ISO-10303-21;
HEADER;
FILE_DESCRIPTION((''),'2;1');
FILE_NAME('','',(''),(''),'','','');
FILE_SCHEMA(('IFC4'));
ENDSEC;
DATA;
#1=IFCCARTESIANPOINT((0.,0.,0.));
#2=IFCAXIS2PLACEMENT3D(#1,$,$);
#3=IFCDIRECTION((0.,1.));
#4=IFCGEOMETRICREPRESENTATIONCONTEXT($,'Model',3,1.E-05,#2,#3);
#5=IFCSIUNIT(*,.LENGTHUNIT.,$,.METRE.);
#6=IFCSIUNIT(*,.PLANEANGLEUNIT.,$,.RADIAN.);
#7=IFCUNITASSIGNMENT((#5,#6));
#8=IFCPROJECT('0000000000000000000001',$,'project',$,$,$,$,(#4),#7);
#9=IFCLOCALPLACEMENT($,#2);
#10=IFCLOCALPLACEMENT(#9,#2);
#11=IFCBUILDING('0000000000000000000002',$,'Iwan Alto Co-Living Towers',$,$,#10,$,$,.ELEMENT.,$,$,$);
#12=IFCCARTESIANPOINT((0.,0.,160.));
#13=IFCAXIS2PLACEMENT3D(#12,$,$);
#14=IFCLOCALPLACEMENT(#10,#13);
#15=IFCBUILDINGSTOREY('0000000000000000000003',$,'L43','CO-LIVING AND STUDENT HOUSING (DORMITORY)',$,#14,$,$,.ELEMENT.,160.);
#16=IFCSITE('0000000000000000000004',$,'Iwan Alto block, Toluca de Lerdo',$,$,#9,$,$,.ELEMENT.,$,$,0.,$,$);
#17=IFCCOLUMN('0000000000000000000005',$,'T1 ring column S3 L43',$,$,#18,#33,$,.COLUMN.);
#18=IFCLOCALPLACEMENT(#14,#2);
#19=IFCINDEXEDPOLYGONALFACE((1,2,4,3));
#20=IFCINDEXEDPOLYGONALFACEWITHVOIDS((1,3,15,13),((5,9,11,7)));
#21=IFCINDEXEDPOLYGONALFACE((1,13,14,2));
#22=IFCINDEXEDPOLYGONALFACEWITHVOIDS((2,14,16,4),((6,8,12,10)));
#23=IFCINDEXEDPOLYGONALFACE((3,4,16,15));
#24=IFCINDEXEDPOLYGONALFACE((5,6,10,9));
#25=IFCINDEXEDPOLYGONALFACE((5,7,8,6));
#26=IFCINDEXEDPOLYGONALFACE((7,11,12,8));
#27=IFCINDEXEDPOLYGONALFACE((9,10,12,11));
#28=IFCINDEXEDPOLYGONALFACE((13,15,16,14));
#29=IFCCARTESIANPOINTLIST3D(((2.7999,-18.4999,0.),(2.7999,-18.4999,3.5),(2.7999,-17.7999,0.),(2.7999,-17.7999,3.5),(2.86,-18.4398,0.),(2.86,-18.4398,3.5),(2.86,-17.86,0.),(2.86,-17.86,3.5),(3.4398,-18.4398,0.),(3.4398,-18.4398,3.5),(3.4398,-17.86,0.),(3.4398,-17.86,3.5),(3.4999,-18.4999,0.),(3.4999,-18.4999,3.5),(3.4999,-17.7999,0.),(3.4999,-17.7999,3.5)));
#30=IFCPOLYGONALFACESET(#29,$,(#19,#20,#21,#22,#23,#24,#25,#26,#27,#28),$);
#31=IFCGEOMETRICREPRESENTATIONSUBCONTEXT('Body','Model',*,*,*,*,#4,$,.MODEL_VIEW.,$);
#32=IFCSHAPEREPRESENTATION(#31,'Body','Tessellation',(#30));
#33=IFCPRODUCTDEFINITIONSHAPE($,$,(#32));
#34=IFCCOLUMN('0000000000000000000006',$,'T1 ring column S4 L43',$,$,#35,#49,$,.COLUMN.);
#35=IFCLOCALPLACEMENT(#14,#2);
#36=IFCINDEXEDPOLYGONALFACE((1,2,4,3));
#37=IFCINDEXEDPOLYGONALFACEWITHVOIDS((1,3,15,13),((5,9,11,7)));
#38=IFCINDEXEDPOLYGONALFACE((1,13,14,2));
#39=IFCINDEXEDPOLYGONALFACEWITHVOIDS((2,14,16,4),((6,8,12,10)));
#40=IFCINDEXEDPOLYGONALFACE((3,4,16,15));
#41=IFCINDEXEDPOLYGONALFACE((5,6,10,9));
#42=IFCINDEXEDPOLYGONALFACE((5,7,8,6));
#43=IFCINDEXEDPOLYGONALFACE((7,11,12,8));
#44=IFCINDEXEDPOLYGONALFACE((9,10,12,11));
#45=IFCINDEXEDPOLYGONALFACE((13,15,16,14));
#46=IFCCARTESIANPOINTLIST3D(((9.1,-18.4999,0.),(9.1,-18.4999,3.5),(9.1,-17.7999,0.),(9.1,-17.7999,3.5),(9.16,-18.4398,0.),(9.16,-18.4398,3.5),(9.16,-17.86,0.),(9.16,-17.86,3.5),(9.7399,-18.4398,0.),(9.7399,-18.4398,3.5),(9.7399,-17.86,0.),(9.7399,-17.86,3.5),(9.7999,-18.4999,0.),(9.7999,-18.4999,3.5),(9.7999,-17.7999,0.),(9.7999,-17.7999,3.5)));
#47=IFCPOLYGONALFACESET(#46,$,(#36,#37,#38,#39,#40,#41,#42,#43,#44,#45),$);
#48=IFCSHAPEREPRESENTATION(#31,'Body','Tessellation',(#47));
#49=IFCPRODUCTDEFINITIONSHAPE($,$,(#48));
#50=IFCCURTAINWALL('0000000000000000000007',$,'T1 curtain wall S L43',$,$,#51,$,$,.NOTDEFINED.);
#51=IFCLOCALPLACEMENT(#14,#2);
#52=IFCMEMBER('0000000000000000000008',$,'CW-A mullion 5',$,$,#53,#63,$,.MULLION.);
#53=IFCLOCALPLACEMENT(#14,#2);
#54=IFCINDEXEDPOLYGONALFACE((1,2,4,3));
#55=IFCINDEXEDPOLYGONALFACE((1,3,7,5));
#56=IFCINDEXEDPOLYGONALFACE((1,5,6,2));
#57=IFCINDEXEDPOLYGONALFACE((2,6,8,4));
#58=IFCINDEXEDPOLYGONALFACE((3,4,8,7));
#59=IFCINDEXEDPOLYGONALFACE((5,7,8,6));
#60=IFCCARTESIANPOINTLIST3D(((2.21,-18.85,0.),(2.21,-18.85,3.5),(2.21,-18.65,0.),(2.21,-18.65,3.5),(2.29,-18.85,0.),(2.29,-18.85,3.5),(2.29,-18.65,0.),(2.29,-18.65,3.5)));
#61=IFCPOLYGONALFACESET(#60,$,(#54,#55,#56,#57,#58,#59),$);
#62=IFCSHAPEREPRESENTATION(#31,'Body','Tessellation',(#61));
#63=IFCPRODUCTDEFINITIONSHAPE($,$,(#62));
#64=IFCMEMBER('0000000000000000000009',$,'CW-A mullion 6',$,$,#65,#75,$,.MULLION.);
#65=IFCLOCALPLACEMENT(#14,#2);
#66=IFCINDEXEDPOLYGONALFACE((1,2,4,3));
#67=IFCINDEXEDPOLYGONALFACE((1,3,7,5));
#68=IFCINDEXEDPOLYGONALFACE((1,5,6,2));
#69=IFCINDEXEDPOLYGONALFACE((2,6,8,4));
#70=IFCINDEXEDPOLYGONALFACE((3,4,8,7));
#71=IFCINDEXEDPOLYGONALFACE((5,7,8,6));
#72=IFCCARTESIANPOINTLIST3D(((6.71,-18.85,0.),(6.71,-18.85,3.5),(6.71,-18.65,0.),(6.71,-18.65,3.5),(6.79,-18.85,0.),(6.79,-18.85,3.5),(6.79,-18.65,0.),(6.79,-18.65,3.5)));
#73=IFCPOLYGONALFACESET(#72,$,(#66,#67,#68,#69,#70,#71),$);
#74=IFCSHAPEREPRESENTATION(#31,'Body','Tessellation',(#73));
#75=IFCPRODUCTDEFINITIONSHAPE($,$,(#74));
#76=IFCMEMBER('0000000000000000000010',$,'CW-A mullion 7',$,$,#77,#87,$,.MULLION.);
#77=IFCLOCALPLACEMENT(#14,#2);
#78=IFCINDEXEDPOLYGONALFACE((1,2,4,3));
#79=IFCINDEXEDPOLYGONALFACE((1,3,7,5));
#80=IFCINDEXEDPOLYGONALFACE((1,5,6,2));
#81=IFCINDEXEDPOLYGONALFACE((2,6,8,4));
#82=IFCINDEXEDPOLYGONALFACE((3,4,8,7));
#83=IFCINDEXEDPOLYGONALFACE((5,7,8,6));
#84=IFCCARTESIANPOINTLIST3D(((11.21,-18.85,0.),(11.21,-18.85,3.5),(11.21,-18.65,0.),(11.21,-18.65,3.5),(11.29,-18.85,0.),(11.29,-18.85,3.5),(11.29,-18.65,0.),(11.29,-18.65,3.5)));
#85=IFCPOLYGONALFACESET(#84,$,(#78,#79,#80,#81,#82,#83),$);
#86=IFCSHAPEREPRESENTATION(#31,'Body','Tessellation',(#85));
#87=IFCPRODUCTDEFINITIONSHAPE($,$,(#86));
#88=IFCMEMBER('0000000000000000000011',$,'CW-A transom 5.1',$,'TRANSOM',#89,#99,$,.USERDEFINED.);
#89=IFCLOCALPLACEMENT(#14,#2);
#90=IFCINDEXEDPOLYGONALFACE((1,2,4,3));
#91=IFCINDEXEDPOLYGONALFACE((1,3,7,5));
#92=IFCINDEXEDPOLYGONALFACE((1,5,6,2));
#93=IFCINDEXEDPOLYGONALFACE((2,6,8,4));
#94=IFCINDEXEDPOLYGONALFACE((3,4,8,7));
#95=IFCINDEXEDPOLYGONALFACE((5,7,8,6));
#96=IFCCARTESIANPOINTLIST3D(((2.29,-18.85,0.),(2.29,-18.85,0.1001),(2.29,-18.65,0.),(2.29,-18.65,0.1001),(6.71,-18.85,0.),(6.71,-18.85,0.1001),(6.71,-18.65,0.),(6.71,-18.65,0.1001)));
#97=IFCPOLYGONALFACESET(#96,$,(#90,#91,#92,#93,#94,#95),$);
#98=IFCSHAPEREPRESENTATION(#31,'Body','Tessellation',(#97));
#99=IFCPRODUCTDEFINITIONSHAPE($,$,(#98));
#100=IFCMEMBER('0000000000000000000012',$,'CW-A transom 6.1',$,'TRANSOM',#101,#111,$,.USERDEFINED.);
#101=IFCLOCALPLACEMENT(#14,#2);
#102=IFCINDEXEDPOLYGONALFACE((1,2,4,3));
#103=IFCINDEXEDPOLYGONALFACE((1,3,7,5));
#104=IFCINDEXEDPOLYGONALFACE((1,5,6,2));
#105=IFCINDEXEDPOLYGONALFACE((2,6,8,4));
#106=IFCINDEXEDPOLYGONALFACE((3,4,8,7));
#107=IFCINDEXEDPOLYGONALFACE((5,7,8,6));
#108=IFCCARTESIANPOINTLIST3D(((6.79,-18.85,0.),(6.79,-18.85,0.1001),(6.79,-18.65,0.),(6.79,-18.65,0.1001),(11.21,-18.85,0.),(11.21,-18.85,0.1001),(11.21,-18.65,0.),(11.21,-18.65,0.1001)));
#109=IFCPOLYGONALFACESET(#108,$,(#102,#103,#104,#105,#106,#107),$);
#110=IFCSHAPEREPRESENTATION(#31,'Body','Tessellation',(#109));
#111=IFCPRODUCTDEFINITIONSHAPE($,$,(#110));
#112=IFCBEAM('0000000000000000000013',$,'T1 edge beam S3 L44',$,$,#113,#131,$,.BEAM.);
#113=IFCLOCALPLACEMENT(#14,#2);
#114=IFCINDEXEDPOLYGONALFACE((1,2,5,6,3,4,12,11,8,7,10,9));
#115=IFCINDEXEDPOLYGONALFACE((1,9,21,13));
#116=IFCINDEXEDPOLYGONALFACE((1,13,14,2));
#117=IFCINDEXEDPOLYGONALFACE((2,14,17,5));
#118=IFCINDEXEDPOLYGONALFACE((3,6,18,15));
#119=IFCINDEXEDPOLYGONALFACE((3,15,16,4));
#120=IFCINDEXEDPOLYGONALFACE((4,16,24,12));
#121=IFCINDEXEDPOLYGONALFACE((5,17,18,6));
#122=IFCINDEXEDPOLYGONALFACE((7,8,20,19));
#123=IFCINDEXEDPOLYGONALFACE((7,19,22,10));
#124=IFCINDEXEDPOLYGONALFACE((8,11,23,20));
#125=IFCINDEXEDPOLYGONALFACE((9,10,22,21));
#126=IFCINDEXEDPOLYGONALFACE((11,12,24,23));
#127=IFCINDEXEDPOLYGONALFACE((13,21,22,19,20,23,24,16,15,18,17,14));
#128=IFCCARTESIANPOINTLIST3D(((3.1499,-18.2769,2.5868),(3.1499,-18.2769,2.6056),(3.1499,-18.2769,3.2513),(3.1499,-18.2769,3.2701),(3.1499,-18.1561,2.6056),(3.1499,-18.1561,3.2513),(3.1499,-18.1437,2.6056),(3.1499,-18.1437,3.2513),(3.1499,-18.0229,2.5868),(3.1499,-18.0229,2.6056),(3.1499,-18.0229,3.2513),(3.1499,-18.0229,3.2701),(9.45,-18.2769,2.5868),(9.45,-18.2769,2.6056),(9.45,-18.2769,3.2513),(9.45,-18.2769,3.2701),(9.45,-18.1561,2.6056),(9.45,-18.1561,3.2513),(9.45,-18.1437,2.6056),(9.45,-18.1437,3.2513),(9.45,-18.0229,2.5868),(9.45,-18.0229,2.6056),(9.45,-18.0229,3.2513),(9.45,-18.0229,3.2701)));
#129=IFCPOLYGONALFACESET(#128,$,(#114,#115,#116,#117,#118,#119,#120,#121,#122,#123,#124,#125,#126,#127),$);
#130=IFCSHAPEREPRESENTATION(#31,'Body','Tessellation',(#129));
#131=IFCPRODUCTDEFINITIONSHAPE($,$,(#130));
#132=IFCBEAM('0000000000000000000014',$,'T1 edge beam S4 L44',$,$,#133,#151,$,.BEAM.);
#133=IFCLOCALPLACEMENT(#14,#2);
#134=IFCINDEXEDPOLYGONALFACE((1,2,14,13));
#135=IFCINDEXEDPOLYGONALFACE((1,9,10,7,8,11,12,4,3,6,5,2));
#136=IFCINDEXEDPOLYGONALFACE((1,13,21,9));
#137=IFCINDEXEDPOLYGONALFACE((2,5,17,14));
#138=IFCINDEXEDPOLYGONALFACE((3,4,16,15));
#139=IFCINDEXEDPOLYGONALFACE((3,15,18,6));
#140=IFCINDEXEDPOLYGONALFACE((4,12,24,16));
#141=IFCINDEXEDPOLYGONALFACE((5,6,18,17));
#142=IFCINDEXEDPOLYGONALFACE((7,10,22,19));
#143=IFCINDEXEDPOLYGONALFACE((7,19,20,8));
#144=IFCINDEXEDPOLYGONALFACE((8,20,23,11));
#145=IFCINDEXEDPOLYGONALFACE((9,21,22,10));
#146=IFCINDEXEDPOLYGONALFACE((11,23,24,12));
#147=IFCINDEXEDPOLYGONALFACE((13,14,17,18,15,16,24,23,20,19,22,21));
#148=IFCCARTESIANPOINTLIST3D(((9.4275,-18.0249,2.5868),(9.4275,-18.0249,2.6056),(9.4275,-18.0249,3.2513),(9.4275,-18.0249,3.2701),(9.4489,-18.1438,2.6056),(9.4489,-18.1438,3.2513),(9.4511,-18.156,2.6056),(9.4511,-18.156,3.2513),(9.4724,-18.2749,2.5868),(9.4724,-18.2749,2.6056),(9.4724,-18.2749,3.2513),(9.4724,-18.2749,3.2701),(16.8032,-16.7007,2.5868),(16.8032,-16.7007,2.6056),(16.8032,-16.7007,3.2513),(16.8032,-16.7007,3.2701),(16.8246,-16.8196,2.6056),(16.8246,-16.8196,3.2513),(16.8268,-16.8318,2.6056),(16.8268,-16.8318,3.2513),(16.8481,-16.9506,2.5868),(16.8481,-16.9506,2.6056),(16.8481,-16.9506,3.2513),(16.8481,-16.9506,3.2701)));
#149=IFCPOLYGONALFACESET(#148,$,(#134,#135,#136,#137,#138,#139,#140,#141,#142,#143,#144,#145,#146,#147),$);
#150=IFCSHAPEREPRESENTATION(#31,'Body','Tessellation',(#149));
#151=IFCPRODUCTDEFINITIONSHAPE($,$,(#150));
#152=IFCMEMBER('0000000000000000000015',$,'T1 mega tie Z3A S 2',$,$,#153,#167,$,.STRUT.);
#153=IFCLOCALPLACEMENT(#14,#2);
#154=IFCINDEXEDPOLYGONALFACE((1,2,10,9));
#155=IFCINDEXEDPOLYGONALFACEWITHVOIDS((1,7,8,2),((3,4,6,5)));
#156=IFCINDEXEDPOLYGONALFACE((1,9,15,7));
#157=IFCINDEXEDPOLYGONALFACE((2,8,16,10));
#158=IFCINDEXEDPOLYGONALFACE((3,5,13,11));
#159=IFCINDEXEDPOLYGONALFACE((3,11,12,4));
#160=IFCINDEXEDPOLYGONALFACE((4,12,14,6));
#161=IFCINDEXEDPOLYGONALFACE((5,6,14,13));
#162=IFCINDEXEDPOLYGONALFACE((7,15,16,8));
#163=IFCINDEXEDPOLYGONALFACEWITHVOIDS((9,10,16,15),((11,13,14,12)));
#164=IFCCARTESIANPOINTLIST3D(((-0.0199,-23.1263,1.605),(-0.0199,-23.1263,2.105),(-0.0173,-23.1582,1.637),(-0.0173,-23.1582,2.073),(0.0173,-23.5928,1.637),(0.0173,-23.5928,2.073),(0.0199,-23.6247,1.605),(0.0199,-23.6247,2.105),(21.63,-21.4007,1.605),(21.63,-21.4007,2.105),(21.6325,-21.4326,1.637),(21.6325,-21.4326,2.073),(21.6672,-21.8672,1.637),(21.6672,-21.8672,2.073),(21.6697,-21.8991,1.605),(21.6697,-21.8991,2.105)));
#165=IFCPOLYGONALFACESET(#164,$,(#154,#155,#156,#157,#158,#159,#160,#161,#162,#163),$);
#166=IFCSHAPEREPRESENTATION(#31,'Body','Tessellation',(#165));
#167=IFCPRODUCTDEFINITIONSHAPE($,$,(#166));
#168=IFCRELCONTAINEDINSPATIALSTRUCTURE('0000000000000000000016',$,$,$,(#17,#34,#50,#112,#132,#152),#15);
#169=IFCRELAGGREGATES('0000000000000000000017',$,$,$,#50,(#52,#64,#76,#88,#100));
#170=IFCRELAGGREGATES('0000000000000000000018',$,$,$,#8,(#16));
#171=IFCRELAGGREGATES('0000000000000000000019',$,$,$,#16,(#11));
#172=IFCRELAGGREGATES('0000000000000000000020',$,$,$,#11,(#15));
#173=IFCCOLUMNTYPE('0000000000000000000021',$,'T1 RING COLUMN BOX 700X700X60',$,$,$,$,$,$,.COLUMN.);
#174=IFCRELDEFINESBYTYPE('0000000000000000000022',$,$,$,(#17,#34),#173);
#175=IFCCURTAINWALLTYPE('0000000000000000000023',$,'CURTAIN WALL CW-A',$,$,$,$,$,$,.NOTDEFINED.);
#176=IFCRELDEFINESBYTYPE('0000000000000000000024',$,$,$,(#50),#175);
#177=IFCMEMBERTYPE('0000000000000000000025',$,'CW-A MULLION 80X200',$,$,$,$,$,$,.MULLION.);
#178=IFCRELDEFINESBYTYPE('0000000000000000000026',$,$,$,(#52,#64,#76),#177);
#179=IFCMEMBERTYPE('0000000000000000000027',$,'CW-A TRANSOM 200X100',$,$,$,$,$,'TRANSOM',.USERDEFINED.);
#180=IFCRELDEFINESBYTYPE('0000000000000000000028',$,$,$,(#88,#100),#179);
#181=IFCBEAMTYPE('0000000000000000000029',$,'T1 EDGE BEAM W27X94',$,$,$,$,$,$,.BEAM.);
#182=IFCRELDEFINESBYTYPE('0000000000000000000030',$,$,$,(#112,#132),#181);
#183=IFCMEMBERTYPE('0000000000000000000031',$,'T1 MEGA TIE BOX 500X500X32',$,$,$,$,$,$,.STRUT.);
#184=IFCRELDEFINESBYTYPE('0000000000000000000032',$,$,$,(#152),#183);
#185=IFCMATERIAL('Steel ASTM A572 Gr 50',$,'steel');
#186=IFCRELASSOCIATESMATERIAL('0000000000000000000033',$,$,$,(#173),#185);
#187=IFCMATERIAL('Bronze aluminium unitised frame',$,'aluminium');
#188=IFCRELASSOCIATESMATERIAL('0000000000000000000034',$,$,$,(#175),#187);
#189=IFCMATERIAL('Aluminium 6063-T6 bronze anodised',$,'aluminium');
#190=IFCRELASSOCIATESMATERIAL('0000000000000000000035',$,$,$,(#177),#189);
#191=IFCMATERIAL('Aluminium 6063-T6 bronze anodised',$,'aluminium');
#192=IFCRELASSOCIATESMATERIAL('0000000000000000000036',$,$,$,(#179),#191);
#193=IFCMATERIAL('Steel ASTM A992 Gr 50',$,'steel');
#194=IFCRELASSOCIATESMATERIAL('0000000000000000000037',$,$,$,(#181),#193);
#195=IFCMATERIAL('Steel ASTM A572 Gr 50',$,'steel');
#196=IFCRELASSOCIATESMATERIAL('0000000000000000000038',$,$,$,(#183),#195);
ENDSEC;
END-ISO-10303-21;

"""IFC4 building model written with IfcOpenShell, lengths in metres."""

from ifc_helpers import new_model, si_unit, direction, frame, origin, origin_2d, place, context, subcontext, project, spatial, rectangle, hollow_rectangle, i_section, extrude, material, material_profile, profile_set, type_object, element, aggregate, save


model = new_model("IFC4")

# Units and contexts
model_context = context("Model", 3, precision=1e-05, world=origin(), true_north=direction((0.0, 1.0)))
body_context = subcontext(model_context, "Body", "Model", "MODEL_VIEW")
ifc_project = project(units=[si_unit("LENGTHUNIT", "METRE"), si_unit("PLANEANGLEUNIT", "RADIAN")], contexts=[model_context])

# Site, building, storey
site_placement = place(None, origin())
site = spatial("IfcSite", under=ifc_project, at=site_placement, Name="Iwan Alto block, Toluca de Lerdo", CompositionType="ELEMENT", RefElevation=0.0)
building_placement = place(site_placement, origin())
building = spatial("IfcBuilding", under=site, at=building_placement, Name="Iwan Alto Co-Living Towers", CompositionType="ELEMENT")
storey_placement = place(building_placement, frame((0.0, 0.0, 160.0)))
storey = spatial("IfcBuildingStorey", under=building, at=storey_placement, Name="L43", Description="CO-LIVING AND STUDENT HOUSING (DORMITORY)", CompositionType="ELEMENT", Elevation=160.0)

# Columns
ifc_material_1 = material(Name="Steel ASTM A572 Gr 50", Category="steel")
ifc_material_profile_1 = material_profile(ifc_material_1, hollow_rectangle(XDim=0.7, YDim=0.7, WallThickness=0.0601, at=origin_2d()), Name="BOX 700X700X60")
ifc_profile_set_1 = profile_set([ifc_material_profile_1], Name="Steel ASTM A572 Gr 50")
column_type = type_object("IfcColumnType", Name="T1 RING COLUMN BOX 700X700X60", PredefinedType="COLUMN", material=ifc_profile_set_1)
for number, where, z_axis, x_axis, name in (
    (1, (3.1499, -18.1499, 0.0), (0.0, 0.0, 1.0), (1.0, 0.0, 0.0), "T1 ring column S3 L43"),
    (2, (9.45, -18.1499, 0.0), (0.0, 0.0, 1.0), (1.0, 0.0, 0.0), "T1 ring column S4 L43"),
):
    element("IfcColumn", number, at=place(storey_placement, frame(where, z_axis=z_axis, x_axis=x_axis)), inside=storey, type_object=column_type, Name=name, PredefinedType="COLUMN", context=body_context, shape_type="SweptSolid", body=[
        extrude(hollow_rectangle(XDim=0.7, YDim=0.7, WallThickness=0.0601, at=origin_2d()), origin(), (0.0, 0.0, 1.0), 3.5),
    ])

# Curtain wall, members
ifc_material_2 = material(Name="Bronze aluminium unitised frame", Category="aluminium")
curtain_wall_type = type_object("IfcCurtainWallType", Name="CURTAIN WALL CW-A", PredefinedType="NOTDEFINED", material=ifc_material_2)
curtain_wall_placement = place(storey_placement, origin())
curtain_wall = element("IfcCurtainWall", 3, at=curtain_wall_placement, inside=storey, type_object=curtain_wall_type, Name="T1 curtain wall S L43", PredefinedType="NOTDEFINED")
ifc_material_3 = material(Name="Aluminium 6063-T6 bronze anodised", Category="aluminium")
ifc_material_profile_2 = material_profile(ifc_material_3, rectangle(XDim=0.2, YDim=0.0801, at=origin_2d()), Name="AL 80X200")
ifc_profile_set_2 = profile_set([ifc_material_profile_2], Name="Aluminium 6063-T6 bronze anodised")
member_type_1 = type_object("IfcMemberType", Name="CW-A MULLION 80X200", PredefinedType="MULLION", material=ifc_profile_set_2)
member_1_placement = place(storey_placement, frame((2.25, -18.75, 0.0), z_axis=(0.0, 0.0, 1.0), x_axis=(0.0, 1.0, 0.0)))
member_1 = element("IfcMember", 4, at=member_1_placement, type_object=member_type_1, Name="CW-A mullion 5", PredefinedType="MULLION", context=body_context, shape_type="SweptSolid", body=[
    extrude(rectangle(XDim=0.2, YDim=0.0801, at=origin_2d()), origin(), (0.0, 0.0, 1.0), 3.5),
])
member_2_placement = place(storey_placement, frame((6.75, -18.75, 0.0), z_axis=(0.0, 0.0, 1.0), x_axis=(0.0, 1.0, 0.0)))
member_2 = element("IfcMember", 5, at=member_2_placement, type_object=member_type_1, Name="CW-A mullion 6", PredefinedType="MULLION", context=body_context, shape_type="SweptSolid", body=[
    extrude(rectangle(XDim=0.2, YDim=0.0801, at=origin_2d()), origin(), (0.0, 0.0, 1.0), 3.5),
])
member_3_placement = place(storey_placement, frame((11.25, -18.75, 0.0), z_axis=(0.0, 0.0, 1.0), x_axis=(0.0, 1.0, 0.0)))
member_3 = element("IfcMember", 6, at=member_3_placement, type_object=member_type_1, Name="CW-A mullion 7", PredefinedType="MULLION", context=body_context, shape_type="SweptSolid", body=[
    extrude(rectangle(XDim=0.2, YDim=0.0801, at=origin_2d()), origin(), (0.0, 0.0, 1.0), 3.5),
])
ifc_material_4 = material(Name="Aluminium 6063-T6 bronze anodised", Category="aluminium")
ifc_material_profile_3 = material_profile(ifc_material_4, rectangle(XDim=0.2, YDim=0.1001, at=origin_2d()), Name="AL 200X100")
ifc_profile_set_3 = profile_set([ifc_material_profile_3], Name="Aluminium 6063-T6 bronze anodised")
member_type_2 = type_object("IfcMemberType", Name="CW-A TRANSOM 200X100", ElementType="TRANSOM", PredefinedType="USERDEFINED", material=ifc_profile_set_3)
member_4_placement = place(storey_placement, frame((2.29, -18.75, 0.05), z_axis=(1.0, 0.0, 0.0), x_axis=(0.0, 1.0, 0.0)))
member_4 = element("IfcMember", 7, at=member_4_placement, type_object=member_type_2, Name="CW-A transom 5.1", ObjectType="TRANSOM", PredefinedType="USERDEFINED", context=body_context, shape_type="SweptSolid", body=[
    extrude(rectangle(XDim=0.2, YDim=0.1001, at=origin_2d()), origin(), (0.0, 0.0, 1.0), 4.4199),
])
member_5_placement = place(storey_placement, frame((6.79, -18.75, 0.05), z_axis=(1.0, 0.0, 0.0), x_axis=(0.0, 1.0, 0.0)))
member_5 = element("IfcMember", 8, at=member_5_placement, type_object=member_type_2, Name="CW-A transom 6.1", ObjectType="TRANSOM", PredefinedType="USERDEFINED", context=body_context, shape_type="SweptSolid", body=[
    extrude(rectangle(XDim=0.2, YDim=0.1001, at=origin_2d()), origin(), (0.0, 0.0, 1.0), 4.4199),
])

# Beams
ifc_material_5 = material(Name="Steel ASTM A992 Gr 50", Category="steel")
ifc_material_profile_4 = material_profile(ifc_material_5, i_section(OverallWidth=0.2539, OverallDepth=0.6833, WebThickness=0.0125, FlangeThickness=0.0188, at=origin_2d()), Name="W27X94")
ifc_profile_set_4 = profile_set([ifc_material_profile_4], Name="Steel ASTM A992 Gr 50")
beam_type_1 = type_object("IfcBeamType", Name="T1 EDGE BEAM W27X94", PredefinedType="BEAM", material=ifc_profile_set_4)
beam_1_placement = place(storey_placement, frame((3.1499, -18.1499, 2.9285), z_axis=(1.0, 0.0, 0.0), x_axis=(0.0, 1.0, 0.0)))
element("IfcBeam", 9, at=beam_1_placement, inside=storey, type_object=beam_type_1, Name="T1 edge beam S3 L44", PredefinedType="BEAM", context=body_context, shape_type="SweptSolid", body=[
    extrude(i_section(OverallWidth=0.2539, OverallDepth=0.6833, WebThickness=0.0125, FlangeThickness=0.0188, at=origin_2d()), origin(), (0.0, 0.0, 1.0), 6.3),
])
beam_2_placement = place(storey_placement, frame((9.45, -18.1499, 2.9285), z_axis=(0.984263, 0.176712, 0.0), x_axis=(-0.176712, 0.984263, 0.0)))
element("IfcBeam", 10, at=beam_2_placement, inside=storey, type_object=beam_type_1, Name="T1 edge beam S4 L44", PredefinedType="BEAM", context=body_context, shape_type="SweptSolid", body=[
    extrude(i_section(OverallWidth=0.2539, OverallDepth=0.6833, WebThickness=0.0125, FlangeThickness=0.0188, at=origin_2d()), origin(), (0.0, 0.0, 1.0), 7.4937),
])

# Member
ifc_material_6 = material(Name="Steel ASTM A572 Gr 50", Category="steel")
ifc_material_profile_5 = material_profile(ifc_material_6, hollow_rectangle(XDim=0.5, YDim=0.5, WallThickness=0.032, at=origin_2d()), Name="BOX 500X500X32")
ifc_profile_set_5 = profile_set([ifc_material_profile_5], Name="Steel ASTM A572 Gr 50")
member_type_3 = type_object("IfcMemberType", Name="T1 MEGA TIE BOX 500X500X32", PredefinedType="STRUT", material=ifc_profile_set_5)
member_6_placement = place(storey_placement, frame((0.0, -23.3755, 1.855), z_axis=(0.996839, 0.079452, 0.0), x_axis=(-0.079452, 0.996839, 0.0)))
element("IfcMember", 11, at=member_6_placement, inside=storey, type_object=member_type_3, Name="T1 mega tie Z3A S 2", PredefinedType="STRUT", context=body_context, shape_type="SweptSolid", body=[
    extrude(hollow_rectangle(XDim=0.5, YDim=0.5, WallThickness=0.032, at=origin_2d()), origin(), (0.0, 0.0, 1.0), 21.7185),
])

aggregate(curtain_wall, [member_1, member_2, member_3, member_4, member_5])

save(model, "model.ifc")
